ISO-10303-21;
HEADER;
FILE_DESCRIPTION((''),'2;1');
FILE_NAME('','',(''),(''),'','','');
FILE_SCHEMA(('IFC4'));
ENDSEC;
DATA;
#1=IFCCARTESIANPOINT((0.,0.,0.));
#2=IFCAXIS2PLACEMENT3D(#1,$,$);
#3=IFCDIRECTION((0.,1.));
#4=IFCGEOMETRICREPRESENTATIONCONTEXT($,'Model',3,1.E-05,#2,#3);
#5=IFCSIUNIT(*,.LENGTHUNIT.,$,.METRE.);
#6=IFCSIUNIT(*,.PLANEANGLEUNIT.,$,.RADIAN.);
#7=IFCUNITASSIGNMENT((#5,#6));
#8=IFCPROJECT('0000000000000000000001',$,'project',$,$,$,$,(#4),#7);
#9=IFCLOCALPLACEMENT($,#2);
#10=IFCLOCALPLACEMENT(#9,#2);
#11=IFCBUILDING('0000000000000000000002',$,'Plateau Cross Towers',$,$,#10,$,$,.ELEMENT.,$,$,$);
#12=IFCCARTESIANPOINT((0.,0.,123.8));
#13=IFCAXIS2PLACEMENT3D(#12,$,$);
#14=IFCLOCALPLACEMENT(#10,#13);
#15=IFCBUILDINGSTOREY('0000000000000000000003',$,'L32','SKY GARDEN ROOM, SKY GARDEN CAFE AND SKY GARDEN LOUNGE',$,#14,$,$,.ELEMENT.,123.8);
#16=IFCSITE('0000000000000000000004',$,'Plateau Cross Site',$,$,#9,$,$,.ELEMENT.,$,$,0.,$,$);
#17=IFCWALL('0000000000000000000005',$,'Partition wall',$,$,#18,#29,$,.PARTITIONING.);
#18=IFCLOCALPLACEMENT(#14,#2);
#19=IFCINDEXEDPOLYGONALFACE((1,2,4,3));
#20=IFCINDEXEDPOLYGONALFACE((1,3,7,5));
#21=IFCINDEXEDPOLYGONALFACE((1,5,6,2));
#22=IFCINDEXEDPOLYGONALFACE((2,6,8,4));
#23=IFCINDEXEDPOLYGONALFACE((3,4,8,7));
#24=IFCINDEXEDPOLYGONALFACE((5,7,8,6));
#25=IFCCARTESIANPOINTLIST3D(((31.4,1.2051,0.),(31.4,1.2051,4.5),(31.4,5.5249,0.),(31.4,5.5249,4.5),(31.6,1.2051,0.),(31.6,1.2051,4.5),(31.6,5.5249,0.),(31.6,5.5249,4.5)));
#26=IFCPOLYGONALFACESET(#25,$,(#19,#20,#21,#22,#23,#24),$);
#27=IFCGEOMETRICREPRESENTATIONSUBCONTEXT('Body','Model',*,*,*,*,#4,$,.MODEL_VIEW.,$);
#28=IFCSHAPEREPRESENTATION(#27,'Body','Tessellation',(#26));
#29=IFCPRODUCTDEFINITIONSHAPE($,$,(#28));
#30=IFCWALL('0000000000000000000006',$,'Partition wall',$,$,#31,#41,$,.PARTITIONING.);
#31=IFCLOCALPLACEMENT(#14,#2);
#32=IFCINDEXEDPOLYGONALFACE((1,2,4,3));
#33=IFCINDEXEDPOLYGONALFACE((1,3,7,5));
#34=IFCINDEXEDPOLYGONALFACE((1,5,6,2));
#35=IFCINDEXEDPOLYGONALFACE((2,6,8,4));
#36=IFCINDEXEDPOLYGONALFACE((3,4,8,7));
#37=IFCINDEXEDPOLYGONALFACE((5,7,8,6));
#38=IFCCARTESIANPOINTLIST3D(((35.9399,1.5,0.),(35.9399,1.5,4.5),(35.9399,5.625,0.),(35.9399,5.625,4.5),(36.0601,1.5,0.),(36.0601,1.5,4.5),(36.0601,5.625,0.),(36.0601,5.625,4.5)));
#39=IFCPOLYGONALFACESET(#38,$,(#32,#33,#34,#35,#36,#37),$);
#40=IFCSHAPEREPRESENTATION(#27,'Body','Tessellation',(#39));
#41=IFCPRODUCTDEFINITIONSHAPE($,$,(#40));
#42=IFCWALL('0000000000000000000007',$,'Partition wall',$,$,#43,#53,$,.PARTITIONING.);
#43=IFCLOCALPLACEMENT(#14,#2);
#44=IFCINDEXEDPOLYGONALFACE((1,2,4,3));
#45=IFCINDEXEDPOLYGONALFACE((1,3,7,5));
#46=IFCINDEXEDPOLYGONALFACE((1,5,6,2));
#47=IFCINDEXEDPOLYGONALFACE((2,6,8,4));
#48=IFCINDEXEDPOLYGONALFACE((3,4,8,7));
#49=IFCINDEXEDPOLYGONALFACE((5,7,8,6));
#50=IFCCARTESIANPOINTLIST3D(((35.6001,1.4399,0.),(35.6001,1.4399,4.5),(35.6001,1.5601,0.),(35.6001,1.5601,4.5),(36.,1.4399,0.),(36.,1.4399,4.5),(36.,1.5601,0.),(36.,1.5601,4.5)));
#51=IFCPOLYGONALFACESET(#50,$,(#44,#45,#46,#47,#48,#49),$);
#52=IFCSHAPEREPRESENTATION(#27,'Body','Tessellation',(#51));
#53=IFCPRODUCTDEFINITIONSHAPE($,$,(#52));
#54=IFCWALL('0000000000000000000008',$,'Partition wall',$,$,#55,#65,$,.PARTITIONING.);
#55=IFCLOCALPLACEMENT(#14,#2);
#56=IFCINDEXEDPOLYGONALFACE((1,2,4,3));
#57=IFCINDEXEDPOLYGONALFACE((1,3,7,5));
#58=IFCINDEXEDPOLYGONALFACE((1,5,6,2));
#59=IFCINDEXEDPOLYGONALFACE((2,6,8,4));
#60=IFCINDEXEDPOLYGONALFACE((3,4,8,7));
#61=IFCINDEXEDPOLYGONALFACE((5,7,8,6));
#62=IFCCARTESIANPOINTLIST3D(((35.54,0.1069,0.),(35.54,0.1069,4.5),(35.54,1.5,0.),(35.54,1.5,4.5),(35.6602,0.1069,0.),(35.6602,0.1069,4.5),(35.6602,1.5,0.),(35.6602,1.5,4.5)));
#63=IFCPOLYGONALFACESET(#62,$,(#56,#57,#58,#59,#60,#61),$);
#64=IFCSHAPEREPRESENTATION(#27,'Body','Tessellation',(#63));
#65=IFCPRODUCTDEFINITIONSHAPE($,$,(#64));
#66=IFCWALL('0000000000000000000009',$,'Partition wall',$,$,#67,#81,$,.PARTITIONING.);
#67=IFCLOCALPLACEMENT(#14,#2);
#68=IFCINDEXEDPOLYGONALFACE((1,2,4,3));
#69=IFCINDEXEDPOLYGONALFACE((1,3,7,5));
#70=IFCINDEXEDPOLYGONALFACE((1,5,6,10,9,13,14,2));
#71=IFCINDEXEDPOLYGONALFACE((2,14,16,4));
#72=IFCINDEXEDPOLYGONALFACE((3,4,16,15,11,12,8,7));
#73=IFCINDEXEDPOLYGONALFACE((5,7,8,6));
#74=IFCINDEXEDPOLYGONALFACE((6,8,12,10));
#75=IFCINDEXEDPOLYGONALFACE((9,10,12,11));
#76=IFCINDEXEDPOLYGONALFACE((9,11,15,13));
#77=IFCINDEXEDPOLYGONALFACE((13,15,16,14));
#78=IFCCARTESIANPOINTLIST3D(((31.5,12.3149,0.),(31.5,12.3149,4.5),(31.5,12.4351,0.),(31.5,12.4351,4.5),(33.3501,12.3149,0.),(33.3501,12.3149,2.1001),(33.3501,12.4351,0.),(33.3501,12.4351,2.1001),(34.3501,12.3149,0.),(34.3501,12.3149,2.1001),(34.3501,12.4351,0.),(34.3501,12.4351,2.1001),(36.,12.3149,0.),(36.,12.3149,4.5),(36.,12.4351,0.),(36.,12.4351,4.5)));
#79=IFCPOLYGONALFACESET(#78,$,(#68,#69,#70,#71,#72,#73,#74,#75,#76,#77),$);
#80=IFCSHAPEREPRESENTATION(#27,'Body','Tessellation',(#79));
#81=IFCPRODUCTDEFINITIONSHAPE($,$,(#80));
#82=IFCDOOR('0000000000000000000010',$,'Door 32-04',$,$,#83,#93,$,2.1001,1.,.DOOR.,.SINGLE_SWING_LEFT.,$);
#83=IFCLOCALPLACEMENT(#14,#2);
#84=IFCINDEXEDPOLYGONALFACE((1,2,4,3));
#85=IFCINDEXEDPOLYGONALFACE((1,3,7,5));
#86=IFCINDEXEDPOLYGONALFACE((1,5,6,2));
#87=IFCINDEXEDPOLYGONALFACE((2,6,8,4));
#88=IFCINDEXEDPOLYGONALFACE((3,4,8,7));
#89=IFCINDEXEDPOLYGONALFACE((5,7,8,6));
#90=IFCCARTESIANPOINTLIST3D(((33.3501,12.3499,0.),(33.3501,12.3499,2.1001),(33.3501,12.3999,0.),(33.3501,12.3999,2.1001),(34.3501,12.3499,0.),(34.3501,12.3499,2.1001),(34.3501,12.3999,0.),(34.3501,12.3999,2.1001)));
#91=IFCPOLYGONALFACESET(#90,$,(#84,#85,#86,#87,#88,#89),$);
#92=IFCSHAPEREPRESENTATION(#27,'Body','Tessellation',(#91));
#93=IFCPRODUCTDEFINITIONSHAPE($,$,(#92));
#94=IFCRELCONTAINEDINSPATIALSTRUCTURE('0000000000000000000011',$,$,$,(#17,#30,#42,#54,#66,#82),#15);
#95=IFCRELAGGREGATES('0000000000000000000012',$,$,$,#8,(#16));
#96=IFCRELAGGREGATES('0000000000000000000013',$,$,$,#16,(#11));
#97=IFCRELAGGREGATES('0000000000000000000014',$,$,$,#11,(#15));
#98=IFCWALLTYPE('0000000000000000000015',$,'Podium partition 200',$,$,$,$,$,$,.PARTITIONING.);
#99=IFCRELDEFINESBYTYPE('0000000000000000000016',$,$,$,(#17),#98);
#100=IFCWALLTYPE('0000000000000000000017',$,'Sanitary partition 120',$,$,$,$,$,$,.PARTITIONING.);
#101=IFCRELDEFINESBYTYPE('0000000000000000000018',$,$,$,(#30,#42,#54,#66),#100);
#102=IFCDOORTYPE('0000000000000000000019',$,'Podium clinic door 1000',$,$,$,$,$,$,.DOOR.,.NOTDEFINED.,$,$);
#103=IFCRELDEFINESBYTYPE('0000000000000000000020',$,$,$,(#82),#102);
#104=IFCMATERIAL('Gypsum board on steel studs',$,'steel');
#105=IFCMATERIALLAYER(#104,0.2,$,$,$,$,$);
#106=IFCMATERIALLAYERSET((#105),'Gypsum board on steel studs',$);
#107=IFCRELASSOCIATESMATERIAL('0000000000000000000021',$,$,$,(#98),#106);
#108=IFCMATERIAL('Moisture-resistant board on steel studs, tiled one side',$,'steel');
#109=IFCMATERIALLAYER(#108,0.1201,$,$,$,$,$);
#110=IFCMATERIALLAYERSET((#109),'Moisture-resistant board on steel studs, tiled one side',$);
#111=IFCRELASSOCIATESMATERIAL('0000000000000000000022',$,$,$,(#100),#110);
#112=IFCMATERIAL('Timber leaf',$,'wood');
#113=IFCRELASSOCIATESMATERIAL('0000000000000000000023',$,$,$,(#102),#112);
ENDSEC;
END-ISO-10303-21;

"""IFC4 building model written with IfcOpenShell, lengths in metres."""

from ifc_helpers import new_model, si_unit, direction, frame, frame_2d, origin, place, context, subcontext, project, spatial, rectangle, extrude, material, layer, layer_set, type_object, element, fill, save


model = new_model("IFC4")

# Units and contexts
model_context = context("Model", 3, precision=1e-05, world=origin(), true_north=direction((0.0, 1.0)))
body_context = subcontext(model_context, "Body", "Model", "MODEL_VIEW")
ifc_project = project(units=[si_unit("LENGTHUNIT", "METRE"), si_unit("PLANEANGLEUNIT", "RADIAN")], contexts=[model_context])

# Site, building, storey
site_placement = place(None, origin())
site = spatial("IfcSite", under=ifc_project, at=site_placement, Name="Plateau Cross Site", CompositionType="ELEMENT", RefElevation=0.0)
building_placement = place(site_placement, origin())
building = spatial("IfcBuilding", under=site, at=building_placement, Name="Plateau Cross Towers", CompositionType="ELEMENT")
storey_placement = place(building_placement, frame((0.0, 0.0, 123.8)))
storey = spatial("IfcBuildingStorey", under=building, at=storey_placement, Name="L32", Description="SKY GARDEN ROOM, SKY GARDEN CAFE AND SKY GARDEN LOUNGE", CompositionType="ELEMENT", Elevation=123.8)

# Shared definitions
ifc_material_1 = material(Name="Gypsum board on steel studs", Category="steel")
ifc_layer_1 = layer(ifc_material_1, 0.2)
ifc_layer_set_1 = layer_set([ifc_layer_1], Name="Gypsum board on steel studs")
wall_type_1 = type_object("IfcWallType", Name="Podium partition 200", PredefinedType="PARTITIONING", material=ifc_layer_set_1)

# Walls
wall_1_placement = place(storey_placement, frame((31.5, 5.5249, 0.0), z_axis=(0.0, 0.0, 1.0), x_axis=(0.0, -1.0, 0.0)))
element("IfcWall", 1, at=wall_1_placement, inside=storey, type_object=wall_type_1, Name="Partition wall", PredefinedType="PARTITIONING", context=body_context, shape_type="SweptSolid", body=[
    extrude(rectangle(XDim=4.3198, YDim=0.2, at=frame_2d((2.1599, 0.0))), origin(), (0.0, 0.0, 1.0), 4.5),
])
ifc_material_2 = material(Name="Moisture-resistant board on steel studs, tiled one side", Category="steel")
ifc_layer_2 = layer(ifc_material_2, 0.1201)
ifc_layer_set_2 = layer_set([ifc_layer_2], Name="Moisture-resistant board on steel studs, tiled one side")
wall_type_2 = type_object("IfcWallType", Name="Sanitary partition 120", PredefinedType="PARTITIONING", material=ifc_layer_set_2)
wall_2_placement = place(storey_placement, frame((36.0, 5.625, 0.0), z_axis=(0.0, 0.0, 1.0), x_axis=(0.0, -1.0, 0.0)))
element("IfcWall", 2, at=wall_2_placement, inside=storey, type_object=wall_type_2, Name="Partition wall", PredefinedType="PARTITIONING", context=body_context, shape_type="SweptSolid", body=[
    extrude(rectangle(XDim=4.125, YDim=0.1201, at=frame_2d((2.0625, 0.0))), origin(), (0.0, 0.0, 1.0), 4.5),
])
wall_3_placement = place(storey_placement, frame((36.0, 1.5, 0.0), z_axis=(0.0, 0.0, 1.0), x_axis=(-1.0, 0.0, 0.0)))
element("IfcWall", 3, at=wall_3_placement, inside=storey, type_object=wall_type_2, Name="Partition wall", PredefinedType="PARTITIONING", context=body_context, shape_type="SweptSolid", body=[
    extrude(rectangle(XDim=0.3999, YDim=0.1201, at=frame_2d((0.2, 0.0))), origin(), (0.0, 0.0, 1.0), 4.5),
])
wall_4_placement = place(storey_placement, frame((35.6001, 1.5, 0.0), z_axis=(0.0, 0.0, 1.0), x_axis=(0.0, -1.0, 0.0)))
element("IfcWall", 4, at=wall_4_placement, inside=storey, type_object=wall_type_2, Name="Partition wall", PredefinedType="PARTITIONING", context=body_context, shape_type="SweptSolid", body=[
    extrude(rectangle(XDim=1.3931, YDim=0.1201, at=frame_2d((0.6965, 0.0))), origin(), (0.0, 0.0, 1.0), 4.5),
])

# Wall, opening, door
wall_5_placement = place(storey_placement, frame((31.5, 12.375, 0.0), z_axis=(0.0, 0.0, 1.0), x_axis=(1.0, 0.0, 0.0)))
wall_5 = element("IfcWall", 5, at=wall_5_placement, inside=storey, type_object=wall_type_2, Name="Partition wall", PredefinedType="PARTITIONING", context=body_context, shape_type="SweptSolid", body=[
    extrude(rectangle(XDim=4.5, YDim=0.1201, at=frame_2d((2.25, 0.0))), origin(), (0.0, 0.0, 1.0), 4.5),
])
opening_1_placement = place(wall_5_placement, frame((1.8501, 0.0, 0.0)))
opening_1 = element("IfcOpeningElement", 6, at=opening_1_placement, cuts=wall_5, PredefinedType="OPENING", context=body_context, shape_type="SweptSolid", body=[
    extrude(rectangle(XDim=1.0, YDim=2.1001, at=frame_2d((0.5, 1.05))), frame((0.0, 0.0701, 0.0), z_axis=(0.0, -1.0, 0.0), x_axis=(1.0, 0.0, 0.0)), (0.0, 0.0, 1.0), 0.1401),
])
ifc_material_3 = material(Name="Timber leaf", Category="wood")
door_type_1 = type_object("IfcDoorType", Name="Podium clinic door 1000", OperationType="NOTDEFINED", PredefinedType="DOOR", material=ifc_material_3)
door_1_placement = place(opening_1_placement, origin())
door_1 = element("IfcDoor", 7, at=door_1_placement, inside=storey, type_object=door_type_1, Name="Door 32-04", OperationType="SINGLE_SWING_LEFT", OverallHeight=2.1001, OverallWidth=1.0, PredefinedType="DOOR", context=body_context, shape_type="SweptSolid", body=[
    extrude(rectangle(XDim=1.0, YDim=2.1001, at=frame_2d((0.5, 1.05))), frame((0.0, 0.0249, 0.0), z_axis=(0.0, -1.0, 0.0), x_axis=(1.0, 0.0, 0.0)), (0.0, 0.0, 1.0), 0.05),
])
fill(opening_1, door_1)

save(model, "model.ifc")
